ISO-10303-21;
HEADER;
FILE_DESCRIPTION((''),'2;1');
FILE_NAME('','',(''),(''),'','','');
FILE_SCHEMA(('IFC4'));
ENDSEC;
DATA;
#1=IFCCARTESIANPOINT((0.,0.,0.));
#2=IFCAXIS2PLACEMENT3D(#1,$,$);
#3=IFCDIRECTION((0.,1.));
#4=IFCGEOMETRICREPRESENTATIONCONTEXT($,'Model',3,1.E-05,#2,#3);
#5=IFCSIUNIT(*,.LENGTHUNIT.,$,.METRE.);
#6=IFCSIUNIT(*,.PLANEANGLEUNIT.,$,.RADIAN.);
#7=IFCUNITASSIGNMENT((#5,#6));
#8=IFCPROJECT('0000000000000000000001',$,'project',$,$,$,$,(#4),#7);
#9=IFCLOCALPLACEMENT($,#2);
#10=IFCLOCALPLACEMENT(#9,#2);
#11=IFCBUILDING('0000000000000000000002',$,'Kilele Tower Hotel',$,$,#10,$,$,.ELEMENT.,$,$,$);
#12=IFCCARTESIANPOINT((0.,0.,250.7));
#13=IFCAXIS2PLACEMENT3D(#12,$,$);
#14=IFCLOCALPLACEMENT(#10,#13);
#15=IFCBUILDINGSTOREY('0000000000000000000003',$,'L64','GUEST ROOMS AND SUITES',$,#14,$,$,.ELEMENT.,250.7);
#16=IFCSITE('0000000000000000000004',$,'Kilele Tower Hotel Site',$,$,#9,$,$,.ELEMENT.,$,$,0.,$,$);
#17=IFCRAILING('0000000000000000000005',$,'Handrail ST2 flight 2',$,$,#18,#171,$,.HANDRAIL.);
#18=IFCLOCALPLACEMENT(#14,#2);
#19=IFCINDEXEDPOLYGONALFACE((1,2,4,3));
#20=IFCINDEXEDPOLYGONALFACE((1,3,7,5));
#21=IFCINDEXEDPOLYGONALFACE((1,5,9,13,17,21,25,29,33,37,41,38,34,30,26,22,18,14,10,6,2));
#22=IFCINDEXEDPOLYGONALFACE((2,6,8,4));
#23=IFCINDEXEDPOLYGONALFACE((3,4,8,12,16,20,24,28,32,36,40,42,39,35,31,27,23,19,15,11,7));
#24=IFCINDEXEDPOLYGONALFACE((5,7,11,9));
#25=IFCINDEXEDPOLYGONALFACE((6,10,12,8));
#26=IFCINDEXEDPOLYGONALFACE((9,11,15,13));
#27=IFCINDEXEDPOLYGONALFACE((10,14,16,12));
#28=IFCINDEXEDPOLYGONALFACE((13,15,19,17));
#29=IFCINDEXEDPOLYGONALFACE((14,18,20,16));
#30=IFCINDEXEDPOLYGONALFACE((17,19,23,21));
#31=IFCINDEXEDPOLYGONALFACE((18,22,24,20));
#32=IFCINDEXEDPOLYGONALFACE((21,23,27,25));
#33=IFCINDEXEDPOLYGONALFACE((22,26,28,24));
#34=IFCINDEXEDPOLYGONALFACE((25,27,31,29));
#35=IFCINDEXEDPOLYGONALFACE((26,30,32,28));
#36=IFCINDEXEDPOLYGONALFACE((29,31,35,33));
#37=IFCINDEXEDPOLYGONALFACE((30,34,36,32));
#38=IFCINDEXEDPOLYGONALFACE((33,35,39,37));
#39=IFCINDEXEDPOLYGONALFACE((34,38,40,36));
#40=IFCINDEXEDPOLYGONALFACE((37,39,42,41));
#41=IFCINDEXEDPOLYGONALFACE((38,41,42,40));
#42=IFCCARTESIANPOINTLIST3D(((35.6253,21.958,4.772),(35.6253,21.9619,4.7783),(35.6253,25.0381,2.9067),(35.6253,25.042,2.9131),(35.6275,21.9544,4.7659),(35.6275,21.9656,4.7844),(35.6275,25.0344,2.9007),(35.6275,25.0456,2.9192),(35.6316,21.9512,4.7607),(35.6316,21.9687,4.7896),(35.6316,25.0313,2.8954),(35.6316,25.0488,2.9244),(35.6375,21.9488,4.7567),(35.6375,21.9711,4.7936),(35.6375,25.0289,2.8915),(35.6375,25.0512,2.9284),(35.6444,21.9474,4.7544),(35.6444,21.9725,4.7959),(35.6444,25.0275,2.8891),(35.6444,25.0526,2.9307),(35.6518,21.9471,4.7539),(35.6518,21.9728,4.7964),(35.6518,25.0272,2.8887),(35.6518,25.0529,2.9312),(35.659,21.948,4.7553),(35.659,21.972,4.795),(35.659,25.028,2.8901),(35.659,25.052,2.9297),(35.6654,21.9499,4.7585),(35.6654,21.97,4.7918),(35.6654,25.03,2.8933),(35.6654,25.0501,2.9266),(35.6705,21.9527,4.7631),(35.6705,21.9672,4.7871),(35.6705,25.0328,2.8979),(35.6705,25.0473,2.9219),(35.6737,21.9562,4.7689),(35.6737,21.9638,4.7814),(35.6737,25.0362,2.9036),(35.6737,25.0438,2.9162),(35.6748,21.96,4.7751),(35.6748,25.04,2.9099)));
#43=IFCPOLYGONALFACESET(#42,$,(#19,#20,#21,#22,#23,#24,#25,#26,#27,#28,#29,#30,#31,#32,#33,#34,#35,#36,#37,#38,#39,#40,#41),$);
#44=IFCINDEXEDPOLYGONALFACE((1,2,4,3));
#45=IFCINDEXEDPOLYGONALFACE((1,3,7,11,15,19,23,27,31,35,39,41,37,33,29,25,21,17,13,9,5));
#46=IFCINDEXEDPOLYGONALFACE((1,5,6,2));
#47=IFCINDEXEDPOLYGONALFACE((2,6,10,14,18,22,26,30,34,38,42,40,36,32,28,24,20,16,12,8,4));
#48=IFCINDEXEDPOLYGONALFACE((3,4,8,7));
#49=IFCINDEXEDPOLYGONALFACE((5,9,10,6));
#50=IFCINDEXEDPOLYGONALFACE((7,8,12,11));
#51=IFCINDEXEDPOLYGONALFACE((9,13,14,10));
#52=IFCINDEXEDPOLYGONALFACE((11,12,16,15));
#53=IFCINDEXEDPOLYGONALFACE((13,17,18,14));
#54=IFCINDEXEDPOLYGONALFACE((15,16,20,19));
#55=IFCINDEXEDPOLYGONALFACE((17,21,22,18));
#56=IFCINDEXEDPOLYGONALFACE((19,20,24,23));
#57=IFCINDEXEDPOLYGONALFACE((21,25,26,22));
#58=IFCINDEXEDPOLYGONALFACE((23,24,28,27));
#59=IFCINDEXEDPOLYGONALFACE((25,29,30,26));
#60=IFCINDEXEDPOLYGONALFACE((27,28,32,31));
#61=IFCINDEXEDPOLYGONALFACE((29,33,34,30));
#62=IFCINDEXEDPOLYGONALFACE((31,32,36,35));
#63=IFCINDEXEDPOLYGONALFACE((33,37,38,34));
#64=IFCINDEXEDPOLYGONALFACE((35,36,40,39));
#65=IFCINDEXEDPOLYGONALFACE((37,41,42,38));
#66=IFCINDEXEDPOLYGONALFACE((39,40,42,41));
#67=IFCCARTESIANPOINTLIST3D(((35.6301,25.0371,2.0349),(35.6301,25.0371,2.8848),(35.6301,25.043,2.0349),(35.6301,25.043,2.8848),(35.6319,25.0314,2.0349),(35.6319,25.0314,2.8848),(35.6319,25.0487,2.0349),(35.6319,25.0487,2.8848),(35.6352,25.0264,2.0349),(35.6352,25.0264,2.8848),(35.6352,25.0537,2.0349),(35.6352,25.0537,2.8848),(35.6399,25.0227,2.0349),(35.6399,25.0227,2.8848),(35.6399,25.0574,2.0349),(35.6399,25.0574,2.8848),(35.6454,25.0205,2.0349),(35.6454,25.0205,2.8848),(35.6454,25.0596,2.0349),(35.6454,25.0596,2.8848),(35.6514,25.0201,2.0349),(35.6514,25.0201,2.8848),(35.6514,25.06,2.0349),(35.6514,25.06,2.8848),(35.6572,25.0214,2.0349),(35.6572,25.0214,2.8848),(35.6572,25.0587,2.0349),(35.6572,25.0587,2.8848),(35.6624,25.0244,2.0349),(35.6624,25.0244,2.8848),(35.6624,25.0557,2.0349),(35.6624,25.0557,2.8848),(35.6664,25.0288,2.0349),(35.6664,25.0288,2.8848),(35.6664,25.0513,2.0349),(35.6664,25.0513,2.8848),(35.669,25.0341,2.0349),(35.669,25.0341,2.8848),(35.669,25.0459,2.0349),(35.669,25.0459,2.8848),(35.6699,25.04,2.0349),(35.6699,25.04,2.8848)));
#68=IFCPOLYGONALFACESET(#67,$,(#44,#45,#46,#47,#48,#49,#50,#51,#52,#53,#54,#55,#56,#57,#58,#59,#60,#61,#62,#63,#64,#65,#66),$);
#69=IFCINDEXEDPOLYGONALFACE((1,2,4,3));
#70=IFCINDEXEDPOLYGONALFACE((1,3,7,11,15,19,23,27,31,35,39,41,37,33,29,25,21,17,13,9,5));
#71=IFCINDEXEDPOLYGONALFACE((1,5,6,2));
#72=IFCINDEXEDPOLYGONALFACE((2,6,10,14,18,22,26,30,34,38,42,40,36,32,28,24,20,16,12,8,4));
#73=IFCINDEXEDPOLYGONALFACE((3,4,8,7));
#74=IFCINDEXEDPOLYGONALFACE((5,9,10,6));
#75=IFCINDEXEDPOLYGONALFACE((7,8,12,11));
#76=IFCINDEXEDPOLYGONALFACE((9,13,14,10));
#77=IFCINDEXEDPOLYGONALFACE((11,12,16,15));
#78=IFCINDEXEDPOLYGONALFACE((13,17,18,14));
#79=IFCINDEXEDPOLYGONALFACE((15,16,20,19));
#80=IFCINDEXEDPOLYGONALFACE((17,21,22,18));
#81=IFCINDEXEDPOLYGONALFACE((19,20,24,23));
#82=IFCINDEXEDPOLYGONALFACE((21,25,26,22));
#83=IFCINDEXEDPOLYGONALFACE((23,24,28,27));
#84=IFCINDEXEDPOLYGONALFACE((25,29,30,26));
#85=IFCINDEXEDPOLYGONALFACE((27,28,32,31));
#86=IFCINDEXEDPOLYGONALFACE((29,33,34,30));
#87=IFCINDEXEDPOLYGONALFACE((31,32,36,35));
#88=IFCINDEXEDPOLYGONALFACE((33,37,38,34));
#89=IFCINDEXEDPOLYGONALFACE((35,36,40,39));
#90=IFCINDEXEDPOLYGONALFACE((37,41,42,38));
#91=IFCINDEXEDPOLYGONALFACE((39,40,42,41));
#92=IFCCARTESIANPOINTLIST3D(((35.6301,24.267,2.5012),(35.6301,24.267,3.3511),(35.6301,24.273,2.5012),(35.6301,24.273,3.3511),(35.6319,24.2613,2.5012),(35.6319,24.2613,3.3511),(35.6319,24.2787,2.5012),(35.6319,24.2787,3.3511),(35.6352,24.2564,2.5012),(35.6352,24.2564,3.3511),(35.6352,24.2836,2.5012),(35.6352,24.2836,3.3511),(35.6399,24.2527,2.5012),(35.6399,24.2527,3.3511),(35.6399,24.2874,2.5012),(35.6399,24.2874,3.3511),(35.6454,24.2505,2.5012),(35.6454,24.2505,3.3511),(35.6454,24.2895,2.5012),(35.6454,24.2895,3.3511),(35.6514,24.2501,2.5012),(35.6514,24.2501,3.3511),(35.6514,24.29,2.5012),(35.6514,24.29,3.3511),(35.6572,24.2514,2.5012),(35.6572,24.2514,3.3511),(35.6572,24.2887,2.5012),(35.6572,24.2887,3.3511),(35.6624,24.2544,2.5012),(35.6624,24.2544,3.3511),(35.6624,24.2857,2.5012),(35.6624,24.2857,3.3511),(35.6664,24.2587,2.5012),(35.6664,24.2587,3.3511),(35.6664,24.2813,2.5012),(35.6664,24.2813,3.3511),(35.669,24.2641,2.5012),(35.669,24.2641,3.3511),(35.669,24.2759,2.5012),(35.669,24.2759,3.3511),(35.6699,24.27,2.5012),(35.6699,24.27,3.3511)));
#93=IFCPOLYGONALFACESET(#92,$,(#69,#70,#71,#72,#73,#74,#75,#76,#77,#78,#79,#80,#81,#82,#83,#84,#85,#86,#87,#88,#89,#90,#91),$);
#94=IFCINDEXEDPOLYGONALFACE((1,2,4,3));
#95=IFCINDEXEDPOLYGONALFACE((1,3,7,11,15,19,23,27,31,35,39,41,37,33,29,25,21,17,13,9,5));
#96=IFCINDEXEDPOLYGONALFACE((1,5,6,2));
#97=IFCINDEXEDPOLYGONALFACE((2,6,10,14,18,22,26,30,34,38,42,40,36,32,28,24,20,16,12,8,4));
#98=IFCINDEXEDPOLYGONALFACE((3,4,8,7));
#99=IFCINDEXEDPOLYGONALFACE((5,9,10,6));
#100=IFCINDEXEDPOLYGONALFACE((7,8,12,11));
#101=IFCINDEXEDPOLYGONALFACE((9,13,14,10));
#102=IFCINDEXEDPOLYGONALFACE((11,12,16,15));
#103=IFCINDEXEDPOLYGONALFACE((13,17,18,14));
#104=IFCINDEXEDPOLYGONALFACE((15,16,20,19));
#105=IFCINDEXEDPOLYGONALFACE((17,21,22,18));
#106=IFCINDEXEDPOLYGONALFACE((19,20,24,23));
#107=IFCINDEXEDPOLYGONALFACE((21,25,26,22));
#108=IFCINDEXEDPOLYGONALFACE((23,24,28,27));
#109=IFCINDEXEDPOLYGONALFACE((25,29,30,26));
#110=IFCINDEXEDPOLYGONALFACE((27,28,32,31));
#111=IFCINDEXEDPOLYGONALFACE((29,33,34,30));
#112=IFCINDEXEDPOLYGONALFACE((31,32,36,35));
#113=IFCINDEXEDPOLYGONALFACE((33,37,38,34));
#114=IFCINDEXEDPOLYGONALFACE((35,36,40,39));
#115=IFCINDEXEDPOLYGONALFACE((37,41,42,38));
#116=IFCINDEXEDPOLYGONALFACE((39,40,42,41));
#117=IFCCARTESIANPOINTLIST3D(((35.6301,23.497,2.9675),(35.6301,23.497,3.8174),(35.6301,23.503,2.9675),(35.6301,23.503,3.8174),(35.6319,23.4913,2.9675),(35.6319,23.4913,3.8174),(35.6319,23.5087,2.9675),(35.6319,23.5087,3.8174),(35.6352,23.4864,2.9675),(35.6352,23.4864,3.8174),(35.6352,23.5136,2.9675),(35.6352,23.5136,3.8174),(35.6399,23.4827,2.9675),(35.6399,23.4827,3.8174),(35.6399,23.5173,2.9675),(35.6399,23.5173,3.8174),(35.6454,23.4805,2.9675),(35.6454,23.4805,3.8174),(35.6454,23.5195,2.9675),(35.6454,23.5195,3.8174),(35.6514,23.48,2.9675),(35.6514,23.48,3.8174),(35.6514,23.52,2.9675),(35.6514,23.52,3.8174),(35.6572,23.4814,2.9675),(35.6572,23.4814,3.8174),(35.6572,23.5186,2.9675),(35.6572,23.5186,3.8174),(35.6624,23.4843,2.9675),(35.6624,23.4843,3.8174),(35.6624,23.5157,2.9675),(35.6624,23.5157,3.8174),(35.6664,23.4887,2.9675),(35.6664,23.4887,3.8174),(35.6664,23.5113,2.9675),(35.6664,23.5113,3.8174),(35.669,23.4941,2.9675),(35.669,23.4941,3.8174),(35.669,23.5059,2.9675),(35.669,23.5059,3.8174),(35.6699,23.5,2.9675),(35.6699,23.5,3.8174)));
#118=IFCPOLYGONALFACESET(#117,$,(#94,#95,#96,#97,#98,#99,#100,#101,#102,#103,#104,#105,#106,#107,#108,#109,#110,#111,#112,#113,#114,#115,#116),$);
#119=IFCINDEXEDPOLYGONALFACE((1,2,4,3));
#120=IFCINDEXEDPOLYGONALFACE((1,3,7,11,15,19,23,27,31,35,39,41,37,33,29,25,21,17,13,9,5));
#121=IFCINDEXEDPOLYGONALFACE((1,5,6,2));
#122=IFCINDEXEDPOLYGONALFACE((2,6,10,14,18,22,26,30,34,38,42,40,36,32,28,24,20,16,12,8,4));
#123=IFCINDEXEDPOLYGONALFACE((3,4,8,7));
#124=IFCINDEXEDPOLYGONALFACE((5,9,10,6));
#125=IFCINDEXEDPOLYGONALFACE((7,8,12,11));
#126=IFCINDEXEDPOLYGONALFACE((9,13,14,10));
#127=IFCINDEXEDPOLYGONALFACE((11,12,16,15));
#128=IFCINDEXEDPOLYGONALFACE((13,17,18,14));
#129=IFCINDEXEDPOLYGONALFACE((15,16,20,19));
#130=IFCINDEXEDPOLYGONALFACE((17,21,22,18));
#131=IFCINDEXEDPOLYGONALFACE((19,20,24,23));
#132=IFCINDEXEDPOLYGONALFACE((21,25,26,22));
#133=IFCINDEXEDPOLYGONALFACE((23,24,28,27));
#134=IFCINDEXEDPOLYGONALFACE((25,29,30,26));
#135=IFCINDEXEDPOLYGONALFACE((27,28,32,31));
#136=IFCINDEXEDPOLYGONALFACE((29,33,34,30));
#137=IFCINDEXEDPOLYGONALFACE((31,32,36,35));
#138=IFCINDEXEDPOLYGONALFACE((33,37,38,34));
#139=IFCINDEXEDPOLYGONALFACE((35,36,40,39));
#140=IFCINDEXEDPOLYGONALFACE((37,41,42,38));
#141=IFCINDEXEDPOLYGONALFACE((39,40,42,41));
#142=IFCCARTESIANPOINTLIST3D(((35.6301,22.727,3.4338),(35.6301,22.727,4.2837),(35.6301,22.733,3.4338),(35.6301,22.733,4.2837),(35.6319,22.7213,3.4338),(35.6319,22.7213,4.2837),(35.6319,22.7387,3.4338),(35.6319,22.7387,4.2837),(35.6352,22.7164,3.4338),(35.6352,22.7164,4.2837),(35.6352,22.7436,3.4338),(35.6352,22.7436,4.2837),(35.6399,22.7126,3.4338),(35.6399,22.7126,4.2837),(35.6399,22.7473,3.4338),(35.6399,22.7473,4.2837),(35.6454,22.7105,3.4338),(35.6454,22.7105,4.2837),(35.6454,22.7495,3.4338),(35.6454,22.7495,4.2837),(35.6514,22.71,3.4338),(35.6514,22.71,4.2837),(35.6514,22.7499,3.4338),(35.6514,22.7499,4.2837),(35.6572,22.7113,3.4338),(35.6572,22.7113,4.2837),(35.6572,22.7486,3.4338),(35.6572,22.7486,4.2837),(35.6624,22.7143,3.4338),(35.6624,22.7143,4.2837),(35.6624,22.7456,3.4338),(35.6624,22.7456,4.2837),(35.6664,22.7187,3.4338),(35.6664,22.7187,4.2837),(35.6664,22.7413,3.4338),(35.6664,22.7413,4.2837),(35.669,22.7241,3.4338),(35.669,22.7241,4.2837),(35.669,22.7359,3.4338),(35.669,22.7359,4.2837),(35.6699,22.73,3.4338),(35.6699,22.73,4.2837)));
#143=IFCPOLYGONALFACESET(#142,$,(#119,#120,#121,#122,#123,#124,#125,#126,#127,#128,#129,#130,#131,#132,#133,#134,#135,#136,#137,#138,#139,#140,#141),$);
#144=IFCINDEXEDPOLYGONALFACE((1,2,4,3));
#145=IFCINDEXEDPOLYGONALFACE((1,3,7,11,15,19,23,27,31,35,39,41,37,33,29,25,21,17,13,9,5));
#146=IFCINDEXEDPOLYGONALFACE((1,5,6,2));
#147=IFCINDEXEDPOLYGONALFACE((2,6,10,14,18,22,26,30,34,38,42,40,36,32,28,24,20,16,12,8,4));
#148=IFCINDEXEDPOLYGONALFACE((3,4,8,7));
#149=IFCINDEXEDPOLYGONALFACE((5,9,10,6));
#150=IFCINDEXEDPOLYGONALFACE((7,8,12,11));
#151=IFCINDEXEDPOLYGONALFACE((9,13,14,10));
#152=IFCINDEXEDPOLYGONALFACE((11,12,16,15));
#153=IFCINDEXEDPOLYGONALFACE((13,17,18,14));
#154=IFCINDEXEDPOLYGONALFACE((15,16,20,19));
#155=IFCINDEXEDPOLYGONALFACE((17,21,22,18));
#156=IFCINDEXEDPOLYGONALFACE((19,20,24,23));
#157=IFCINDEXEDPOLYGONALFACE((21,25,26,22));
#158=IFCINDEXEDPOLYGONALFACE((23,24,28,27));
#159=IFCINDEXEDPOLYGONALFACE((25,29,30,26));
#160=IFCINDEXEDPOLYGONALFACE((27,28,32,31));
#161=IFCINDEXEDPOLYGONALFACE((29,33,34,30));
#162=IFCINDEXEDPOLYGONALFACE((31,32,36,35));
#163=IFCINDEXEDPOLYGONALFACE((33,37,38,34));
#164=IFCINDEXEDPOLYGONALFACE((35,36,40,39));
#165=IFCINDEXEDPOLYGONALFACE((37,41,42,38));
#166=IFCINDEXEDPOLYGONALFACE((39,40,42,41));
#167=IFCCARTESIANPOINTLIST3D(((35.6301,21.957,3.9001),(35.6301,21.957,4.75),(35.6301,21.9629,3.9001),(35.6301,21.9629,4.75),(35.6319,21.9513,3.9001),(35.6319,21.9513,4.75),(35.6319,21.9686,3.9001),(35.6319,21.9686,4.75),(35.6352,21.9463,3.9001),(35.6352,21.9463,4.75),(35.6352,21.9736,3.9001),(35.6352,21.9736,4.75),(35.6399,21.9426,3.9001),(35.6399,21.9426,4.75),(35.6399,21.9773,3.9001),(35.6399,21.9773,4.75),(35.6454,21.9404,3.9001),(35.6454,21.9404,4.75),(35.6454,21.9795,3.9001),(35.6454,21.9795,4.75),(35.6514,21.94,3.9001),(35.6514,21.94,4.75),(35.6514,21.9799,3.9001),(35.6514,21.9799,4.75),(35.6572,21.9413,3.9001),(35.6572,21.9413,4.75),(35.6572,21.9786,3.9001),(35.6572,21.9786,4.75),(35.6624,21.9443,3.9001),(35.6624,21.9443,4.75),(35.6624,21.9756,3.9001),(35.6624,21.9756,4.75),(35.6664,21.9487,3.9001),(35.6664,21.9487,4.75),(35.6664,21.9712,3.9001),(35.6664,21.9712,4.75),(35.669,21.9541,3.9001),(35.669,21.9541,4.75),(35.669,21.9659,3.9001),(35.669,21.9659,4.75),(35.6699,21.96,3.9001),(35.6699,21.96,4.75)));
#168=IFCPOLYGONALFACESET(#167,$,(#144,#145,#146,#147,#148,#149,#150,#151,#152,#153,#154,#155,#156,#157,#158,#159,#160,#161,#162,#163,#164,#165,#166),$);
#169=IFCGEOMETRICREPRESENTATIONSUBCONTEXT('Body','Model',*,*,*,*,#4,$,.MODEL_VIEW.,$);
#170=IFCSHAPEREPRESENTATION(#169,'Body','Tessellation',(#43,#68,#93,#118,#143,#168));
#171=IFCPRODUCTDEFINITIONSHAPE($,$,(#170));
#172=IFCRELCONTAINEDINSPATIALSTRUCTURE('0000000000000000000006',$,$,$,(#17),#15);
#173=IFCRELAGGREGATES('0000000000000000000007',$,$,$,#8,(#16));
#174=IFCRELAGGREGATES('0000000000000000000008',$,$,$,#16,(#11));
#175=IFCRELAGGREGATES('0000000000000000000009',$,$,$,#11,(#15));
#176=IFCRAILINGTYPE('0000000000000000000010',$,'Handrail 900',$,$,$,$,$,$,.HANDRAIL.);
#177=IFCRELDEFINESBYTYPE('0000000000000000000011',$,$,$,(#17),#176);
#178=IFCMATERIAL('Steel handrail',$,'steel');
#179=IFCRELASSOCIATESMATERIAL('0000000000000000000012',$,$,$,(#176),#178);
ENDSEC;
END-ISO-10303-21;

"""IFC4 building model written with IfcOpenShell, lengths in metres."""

from ifc_helpers import new_model, si_unit, direction, frame, origin, origin_2d, place, context, subcontext, project, spatial, circle, extrude, material, type_object, element, save


model = new_model("IFC4")

# Units and contexts
model_context = context("Model", 3, precision=1e-05, world=origin(), true_north=direction((0.0, 1.0)))
body_context = subcontext(model_context, "Body", "Model", "MODEL_VIEW")
ifc_project = project(units=[si_unit("LENGTHUNIT", "METRE"), si_unit("PLANEANGLEUNIT", "RADIAN")], contexts=[model_context])

# Site, building, storey
site_placement = place(None, origin())
site = spatial("IfcSite", under=ifc_project, at=site_placement, Name="Kilele Tower Hotel Site", CompositionType="ELEMENT", RefElevation=0.0)
building_placement = place(site_placement, origin())
building = spatial("IfcBuilding", under=site, at=building_placement, Name="Kilele Tower Hotel", CompositionType="ELEMENT")
storey_placement = place(building_placement, frame((0.0, 0.0, 250.7)))
storey = spatial("IfcBuildingStorey", under=building, at=storey_placement, Name="L64", Description="GUEST ROOMS AND SUITES", CompositionType="ELEMENT", Elevation=250.7)

# Railing
ifc_material_1 = material(Name="Steel handrail", Category="steel")
railing_type_1 = type_object("IfcRailingType", Name="Handrail 900", PredefinedType="HANDRAIL", material=ifc_material_1)
for number, where, name in (
    (1, (35.6499, 25.04, 2.0349), "Handrail ST2 flight 2"),
):
    element("IfcRailing", number, at=place(storey_placement, frame(where)), inside=storey, type_object=railing_type_1, Name=name, PredefinedType="HANDRAIL", context=body_context, shape_type="SweptSolid", body=[
        extrude(circle(Radius=0.0249, at=origin_2d()), frame((0.0, 0.0, 0.875), z_axis=(0.0, -0.85538, 0.518001), x_axis=(1.0, 0.0, 0.0)), (0.0, 0.0, 1.0), 3.6008),
        extrude(circle(Radius=0.02, at=origin_2d()), origin(), (0.0, 0.0, 1.0), 0.8499),
        extrude(circle(Radius=0.02, at=origin_2d()), frame((0.0, -0.77, 0.4663)), (0.0, 0.0, 1.0), 0.8499),
        extrude(circle(Radius=0.02, at=origin_2d()), frame((0.0, -1.54, 0.9326)), (0.0, 0.0, 1.0), 0.8499),
        extrude(circle(Radius=0.02, at=origin_2d()), frame((0.0, -2.3101, 1.3989)), (0.0, 0.0, 1.0), 0.8499),
        extrude(circle(Radius=0.02, at=origin_2d()), frame((0.0, -3.0801, 1.8652)), (0.0, 0.0, 1.0), 0.8499),
    ])

save(model, "model.ifc")
